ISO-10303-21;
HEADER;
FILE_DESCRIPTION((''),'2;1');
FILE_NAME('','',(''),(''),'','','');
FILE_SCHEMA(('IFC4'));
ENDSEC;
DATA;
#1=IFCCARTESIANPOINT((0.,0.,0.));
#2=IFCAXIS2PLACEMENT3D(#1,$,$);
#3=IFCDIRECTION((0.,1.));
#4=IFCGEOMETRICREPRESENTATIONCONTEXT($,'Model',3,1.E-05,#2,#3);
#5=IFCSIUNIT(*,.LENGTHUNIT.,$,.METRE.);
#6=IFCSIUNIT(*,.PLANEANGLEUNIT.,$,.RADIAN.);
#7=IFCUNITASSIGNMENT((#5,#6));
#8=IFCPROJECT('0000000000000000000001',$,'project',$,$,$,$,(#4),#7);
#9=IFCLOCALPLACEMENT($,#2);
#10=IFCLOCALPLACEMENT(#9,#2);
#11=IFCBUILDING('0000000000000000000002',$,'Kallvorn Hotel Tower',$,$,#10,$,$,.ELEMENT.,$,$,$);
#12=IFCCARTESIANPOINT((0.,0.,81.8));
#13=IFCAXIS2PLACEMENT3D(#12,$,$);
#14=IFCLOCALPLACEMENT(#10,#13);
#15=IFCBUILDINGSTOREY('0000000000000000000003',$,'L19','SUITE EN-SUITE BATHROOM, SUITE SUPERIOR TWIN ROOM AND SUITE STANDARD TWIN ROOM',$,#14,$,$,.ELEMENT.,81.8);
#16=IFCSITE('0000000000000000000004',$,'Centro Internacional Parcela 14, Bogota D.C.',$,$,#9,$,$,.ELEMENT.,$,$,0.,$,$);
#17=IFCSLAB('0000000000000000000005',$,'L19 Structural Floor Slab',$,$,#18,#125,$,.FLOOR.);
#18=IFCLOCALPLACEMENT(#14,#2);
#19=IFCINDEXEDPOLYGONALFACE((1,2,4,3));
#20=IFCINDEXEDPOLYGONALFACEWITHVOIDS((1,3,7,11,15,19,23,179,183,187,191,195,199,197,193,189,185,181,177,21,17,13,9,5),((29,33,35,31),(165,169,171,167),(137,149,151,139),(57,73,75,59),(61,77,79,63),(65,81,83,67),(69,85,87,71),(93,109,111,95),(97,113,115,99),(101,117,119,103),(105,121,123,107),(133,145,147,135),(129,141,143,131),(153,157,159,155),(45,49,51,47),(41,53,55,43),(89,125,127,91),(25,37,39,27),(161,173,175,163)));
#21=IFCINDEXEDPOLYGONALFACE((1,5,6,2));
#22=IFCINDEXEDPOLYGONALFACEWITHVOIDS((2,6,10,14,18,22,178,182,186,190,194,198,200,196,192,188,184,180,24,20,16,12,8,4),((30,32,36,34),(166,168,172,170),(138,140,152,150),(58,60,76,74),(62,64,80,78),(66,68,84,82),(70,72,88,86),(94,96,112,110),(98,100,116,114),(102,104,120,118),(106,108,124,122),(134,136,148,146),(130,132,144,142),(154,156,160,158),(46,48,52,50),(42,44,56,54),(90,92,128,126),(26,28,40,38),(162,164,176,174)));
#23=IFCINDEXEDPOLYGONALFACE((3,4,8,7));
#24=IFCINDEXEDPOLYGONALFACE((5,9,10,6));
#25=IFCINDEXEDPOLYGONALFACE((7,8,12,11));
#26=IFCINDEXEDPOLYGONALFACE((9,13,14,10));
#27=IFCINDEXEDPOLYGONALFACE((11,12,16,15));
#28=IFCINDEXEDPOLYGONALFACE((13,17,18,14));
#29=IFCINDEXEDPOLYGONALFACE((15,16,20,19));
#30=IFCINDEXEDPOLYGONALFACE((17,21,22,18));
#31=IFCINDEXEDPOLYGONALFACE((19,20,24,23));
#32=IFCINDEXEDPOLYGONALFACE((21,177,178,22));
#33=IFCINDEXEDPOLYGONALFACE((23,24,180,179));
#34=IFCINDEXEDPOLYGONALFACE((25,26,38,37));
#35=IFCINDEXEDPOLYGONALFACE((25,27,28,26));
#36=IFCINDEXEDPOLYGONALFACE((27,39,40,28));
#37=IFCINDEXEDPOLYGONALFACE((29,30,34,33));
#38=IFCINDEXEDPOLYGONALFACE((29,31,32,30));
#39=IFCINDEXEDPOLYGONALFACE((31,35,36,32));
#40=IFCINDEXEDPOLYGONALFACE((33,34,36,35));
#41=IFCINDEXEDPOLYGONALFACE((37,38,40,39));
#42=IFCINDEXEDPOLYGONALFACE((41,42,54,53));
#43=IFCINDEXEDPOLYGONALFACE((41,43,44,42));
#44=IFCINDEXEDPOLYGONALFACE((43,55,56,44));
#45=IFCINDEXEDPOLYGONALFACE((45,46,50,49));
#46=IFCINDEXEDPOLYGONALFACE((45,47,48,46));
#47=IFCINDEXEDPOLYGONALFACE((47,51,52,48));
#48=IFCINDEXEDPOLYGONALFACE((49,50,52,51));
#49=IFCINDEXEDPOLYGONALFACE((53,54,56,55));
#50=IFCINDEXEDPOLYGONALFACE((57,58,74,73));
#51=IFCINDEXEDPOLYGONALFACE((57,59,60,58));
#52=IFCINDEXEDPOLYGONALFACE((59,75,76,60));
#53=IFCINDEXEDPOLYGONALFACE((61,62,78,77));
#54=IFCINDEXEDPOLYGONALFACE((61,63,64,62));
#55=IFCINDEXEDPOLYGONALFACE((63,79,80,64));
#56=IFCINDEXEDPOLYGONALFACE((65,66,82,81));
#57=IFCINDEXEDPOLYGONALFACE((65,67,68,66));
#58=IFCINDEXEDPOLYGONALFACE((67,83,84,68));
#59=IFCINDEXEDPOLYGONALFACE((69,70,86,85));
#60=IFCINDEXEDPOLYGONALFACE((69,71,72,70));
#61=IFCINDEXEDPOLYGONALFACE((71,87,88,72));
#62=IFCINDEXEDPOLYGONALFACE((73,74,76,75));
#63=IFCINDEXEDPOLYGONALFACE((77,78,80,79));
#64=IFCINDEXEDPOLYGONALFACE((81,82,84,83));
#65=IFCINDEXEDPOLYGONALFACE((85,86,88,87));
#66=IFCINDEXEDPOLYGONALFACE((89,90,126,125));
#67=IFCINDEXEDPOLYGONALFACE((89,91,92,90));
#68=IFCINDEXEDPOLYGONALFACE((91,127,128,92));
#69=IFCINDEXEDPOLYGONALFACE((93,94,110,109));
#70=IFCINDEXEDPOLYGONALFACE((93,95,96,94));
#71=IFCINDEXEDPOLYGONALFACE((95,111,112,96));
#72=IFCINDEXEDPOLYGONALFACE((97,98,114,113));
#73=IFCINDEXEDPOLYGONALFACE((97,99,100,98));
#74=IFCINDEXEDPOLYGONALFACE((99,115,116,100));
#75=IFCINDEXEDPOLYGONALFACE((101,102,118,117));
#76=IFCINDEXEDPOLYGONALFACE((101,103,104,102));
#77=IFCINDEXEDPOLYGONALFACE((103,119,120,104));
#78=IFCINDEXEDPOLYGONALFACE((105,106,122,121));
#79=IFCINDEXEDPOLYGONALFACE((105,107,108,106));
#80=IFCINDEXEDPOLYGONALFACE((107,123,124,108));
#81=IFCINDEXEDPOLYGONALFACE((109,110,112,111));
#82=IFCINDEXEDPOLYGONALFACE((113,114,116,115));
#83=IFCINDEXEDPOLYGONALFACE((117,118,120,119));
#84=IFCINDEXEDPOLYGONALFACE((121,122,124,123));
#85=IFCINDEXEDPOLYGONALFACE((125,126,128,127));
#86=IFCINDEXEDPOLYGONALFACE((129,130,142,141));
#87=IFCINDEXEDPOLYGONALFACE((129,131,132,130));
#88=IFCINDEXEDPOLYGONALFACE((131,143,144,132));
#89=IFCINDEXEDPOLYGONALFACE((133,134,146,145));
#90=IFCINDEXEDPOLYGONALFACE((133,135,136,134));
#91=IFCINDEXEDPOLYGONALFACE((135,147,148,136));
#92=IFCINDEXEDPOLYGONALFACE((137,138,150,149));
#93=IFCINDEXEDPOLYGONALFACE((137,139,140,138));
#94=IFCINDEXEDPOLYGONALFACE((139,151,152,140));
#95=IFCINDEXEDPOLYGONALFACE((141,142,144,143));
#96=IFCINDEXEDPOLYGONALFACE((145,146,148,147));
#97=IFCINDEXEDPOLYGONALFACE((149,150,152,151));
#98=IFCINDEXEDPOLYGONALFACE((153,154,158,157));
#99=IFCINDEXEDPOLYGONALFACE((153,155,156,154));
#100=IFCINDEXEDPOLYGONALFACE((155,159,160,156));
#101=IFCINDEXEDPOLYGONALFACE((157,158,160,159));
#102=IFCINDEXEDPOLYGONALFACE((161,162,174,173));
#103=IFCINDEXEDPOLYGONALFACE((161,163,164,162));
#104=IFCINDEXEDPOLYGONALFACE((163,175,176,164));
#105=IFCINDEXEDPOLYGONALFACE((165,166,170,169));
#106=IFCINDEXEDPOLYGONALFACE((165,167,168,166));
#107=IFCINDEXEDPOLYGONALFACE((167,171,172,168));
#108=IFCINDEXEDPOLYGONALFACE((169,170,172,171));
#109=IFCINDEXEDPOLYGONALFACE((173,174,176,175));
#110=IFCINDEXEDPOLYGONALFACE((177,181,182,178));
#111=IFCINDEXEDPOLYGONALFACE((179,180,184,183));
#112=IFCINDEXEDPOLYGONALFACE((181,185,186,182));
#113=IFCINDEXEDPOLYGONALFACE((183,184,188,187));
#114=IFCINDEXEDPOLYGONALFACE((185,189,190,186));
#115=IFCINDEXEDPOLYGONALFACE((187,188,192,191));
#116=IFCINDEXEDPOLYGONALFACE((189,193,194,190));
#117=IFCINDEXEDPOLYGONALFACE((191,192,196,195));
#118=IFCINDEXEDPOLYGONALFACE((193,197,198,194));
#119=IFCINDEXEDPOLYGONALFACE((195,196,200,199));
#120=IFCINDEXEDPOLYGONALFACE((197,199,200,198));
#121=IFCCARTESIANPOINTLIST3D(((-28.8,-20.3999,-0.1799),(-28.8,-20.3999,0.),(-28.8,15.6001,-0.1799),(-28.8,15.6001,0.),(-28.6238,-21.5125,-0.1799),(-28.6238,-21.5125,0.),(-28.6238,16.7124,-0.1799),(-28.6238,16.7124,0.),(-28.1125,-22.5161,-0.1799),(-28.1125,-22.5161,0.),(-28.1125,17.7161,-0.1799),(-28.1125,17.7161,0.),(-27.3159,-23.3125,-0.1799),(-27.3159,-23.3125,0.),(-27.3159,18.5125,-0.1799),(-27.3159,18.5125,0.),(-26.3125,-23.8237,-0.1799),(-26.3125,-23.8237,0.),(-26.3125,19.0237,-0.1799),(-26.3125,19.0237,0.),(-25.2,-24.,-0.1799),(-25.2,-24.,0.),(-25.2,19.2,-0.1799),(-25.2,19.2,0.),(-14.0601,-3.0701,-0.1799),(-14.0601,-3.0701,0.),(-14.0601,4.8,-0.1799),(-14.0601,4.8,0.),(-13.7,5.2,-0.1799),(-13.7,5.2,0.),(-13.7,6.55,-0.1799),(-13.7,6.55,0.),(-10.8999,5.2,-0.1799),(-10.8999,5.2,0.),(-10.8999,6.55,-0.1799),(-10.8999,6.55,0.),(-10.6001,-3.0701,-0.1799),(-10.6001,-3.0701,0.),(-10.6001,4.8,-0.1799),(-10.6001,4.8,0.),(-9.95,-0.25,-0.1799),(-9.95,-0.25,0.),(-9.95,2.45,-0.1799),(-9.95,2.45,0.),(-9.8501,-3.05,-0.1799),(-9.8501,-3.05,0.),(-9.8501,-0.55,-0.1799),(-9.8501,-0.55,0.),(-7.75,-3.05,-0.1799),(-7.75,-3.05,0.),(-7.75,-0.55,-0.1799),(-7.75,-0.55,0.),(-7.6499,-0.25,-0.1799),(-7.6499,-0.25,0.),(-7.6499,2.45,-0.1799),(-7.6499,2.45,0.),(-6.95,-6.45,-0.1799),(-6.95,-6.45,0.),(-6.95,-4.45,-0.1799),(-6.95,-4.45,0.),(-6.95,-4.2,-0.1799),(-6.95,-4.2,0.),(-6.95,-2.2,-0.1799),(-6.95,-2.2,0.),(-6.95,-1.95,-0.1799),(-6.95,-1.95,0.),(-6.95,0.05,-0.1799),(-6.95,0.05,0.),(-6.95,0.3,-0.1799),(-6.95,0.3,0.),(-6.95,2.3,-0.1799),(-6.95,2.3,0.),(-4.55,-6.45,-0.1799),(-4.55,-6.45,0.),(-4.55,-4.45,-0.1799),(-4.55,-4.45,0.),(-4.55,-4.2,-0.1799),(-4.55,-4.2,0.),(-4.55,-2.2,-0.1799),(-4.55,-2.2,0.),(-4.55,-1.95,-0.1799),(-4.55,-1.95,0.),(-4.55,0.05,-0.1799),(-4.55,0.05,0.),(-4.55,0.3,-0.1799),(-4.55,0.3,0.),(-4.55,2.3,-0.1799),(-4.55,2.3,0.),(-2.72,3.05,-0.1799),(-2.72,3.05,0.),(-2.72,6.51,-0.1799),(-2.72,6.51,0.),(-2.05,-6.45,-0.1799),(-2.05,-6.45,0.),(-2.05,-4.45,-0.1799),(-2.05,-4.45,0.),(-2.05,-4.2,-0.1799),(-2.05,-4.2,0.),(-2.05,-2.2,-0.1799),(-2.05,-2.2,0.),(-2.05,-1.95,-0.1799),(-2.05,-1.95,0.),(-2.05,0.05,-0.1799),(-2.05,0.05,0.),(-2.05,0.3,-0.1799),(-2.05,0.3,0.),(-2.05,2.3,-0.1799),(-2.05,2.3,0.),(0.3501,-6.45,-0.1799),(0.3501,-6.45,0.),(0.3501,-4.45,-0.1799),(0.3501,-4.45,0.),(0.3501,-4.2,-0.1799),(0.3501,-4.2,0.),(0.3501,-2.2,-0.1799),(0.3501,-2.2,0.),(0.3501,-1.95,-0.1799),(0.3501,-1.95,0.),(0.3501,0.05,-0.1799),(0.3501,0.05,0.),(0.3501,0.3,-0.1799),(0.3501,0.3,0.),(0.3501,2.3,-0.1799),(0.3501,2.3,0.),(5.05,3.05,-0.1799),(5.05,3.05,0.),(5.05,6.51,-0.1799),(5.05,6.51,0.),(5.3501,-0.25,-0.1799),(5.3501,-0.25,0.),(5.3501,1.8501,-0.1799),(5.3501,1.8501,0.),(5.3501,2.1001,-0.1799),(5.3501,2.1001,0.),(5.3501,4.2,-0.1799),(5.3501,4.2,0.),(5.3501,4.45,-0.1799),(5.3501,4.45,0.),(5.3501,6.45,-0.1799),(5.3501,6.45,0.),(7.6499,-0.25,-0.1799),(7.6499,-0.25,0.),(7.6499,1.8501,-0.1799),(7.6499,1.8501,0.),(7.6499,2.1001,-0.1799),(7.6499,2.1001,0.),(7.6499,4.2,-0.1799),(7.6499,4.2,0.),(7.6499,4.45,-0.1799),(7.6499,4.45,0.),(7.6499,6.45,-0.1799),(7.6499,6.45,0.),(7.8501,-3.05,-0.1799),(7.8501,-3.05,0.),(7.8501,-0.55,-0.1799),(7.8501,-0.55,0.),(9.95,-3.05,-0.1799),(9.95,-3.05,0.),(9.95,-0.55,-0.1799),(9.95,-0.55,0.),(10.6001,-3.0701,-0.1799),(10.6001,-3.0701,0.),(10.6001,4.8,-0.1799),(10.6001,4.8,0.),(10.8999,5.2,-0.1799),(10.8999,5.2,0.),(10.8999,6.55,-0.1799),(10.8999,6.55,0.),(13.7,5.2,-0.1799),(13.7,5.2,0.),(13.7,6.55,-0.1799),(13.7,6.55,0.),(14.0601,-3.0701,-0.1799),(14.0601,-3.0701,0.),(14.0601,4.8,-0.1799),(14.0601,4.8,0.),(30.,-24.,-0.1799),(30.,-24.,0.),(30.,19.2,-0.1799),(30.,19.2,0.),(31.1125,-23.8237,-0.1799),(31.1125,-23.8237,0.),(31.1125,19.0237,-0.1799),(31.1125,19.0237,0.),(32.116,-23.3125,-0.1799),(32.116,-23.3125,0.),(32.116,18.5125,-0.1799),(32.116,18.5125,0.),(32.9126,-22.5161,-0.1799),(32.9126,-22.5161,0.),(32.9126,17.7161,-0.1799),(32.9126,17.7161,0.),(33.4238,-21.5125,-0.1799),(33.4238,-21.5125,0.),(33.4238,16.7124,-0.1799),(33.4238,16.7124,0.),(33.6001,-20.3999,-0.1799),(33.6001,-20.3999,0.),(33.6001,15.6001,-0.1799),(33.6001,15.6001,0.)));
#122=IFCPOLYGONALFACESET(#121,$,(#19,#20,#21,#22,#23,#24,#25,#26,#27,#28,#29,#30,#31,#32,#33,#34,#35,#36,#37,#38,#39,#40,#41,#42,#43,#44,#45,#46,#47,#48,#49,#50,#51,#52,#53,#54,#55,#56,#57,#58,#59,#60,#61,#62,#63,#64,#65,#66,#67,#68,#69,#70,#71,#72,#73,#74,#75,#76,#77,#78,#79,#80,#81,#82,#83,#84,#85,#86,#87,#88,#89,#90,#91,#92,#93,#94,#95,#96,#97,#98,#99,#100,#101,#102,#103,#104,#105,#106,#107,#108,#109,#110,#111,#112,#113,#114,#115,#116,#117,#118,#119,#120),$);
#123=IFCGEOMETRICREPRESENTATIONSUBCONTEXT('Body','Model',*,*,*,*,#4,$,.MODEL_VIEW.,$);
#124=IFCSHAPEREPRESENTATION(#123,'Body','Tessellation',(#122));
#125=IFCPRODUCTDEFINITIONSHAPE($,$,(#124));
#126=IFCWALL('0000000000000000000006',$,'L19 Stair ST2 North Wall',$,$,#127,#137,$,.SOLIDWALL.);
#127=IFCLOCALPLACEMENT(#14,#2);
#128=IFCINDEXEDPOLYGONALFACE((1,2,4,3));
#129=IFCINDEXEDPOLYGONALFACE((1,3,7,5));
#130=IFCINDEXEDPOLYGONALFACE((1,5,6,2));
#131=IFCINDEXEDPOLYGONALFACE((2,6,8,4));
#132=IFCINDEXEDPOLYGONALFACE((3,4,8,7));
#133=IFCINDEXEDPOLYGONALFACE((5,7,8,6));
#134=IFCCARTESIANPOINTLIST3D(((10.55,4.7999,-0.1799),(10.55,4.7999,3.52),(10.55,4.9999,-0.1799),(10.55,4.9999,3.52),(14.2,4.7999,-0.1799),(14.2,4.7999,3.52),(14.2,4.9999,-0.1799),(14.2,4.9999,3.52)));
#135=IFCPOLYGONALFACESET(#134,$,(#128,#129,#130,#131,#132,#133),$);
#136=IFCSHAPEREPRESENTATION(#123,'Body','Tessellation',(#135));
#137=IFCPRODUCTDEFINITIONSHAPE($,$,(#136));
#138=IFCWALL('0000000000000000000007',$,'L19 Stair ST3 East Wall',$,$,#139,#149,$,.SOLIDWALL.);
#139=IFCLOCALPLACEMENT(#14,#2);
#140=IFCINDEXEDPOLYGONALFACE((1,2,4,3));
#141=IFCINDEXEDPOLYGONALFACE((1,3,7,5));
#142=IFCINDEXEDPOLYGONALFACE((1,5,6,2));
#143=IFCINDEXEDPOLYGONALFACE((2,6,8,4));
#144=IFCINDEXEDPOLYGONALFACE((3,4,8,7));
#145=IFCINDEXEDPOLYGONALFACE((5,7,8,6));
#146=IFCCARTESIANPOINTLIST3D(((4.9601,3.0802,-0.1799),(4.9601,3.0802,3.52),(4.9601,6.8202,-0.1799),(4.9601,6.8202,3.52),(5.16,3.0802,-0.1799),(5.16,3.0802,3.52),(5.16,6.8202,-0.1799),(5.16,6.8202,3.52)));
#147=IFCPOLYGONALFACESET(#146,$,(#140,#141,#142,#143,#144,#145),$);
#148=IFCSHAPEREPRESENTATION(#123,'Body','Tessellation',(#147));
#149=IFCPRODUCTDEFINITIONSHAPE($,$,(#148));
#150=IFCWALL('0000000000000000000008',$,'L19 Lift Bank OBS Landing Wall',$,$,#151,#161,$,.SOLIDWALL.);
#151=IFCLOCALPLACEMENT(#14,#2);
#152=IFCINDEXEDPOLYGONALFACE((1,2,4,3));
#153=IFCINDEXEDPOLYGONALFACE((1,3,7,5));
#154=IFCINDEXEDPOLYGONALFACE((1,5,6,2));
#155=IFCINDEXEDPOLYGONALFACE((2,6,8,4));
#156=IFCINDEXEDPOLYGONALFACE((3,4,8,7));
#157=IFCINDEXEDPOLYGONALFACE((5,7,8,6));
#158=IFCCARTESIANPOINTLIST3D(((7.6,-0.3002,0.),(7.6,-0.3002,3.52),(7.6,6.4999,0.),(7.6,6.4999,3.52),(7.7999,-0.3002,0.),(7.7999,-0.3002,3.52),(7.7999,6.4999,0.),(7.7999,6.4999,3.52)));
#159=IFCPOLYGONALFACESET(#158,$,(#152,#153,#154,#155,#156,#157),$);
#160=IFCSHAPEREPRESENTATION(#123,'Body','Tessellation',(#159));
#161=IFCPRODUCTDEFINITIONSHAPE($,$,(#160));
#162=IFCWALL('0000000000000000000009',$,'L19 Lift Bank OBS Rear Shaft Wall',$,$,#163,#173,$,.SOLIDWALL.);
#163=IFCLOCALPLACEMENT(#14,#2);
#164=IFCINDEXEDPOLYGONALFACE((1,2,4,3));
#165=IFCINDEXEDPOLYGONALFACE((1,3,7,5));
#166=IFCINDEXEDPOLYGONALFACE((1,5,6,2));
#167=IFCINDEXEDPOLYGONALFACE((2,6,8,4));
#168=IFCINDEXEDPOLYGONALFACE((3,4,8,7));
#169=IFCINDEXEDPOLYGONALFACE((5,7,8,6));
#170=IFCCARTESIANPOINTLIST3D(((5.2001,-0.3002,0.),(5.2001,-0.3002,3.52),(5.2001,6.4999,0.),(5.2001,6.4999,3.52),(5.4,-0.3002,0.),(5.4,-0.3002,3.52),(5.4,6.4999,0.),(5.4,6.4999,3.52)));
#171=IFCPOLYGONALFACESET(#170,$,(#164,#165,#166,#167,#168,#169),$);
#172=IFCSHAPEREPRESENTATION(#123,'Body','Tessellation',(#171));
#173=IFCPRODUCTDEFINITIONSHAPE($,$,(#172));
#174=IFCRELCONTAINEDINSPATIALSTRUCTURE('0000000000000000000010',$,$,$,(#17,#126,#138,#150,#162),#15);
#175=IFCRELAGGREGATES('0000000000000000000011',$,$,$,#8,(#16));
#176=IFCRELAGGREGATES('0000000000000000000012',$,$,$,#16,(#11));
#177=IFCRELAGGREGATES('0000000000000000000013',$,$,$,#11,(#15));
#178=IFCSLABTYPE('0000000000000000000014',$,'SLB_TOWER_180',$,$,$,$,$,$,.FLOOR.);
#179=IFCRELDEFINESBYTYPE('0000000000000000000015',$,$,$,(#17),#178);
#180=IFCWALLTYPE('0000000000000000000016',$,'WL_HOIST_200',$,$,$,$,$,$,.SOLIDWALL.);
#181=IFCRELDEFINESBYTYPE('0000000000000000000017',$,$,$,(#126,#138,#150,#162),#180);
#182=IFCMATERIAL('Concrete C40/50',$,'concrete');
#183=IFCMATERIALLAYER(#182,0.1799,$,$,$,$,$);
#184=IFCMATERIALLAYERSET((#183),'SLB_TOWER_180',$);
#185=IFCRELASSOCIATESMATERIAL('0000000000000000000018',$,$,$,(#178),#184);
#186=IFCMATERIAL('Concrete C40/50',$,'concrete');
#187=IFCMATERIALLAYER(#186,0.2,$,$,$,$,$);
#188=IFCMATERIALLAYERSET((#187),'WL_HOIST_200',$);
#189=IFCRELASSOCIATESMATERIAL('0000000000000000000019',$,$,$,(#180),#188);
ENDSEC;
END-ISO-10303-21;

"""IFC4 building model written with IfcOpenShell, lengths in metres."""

from ifc_helpers import new_model, si_unit, direction, frame, frame_2d, origin, place, context, subcontext, project, spatial, polyline, rectangle, outline, extrude, material, layer, layer_set, type_object, element, save


model = new_model("IFC4")

# Units and contexts
model_context = context("Model", 3, precision=1e-05, world=origin(), true_north=direction((0.0, 1.0)))
body_context = subcontext(model_context, "Body", "Model", "MODEL_VIEW")
ifc_project = project(units=[si_unit("LENGTHUNIT", "METRE"), si_unit("PLANEANGLEUNIT", "RADIAN")], contexts=[model_context])

# Site, building, storey
site_placement = place(None, origin())
site = spatial("IfcSite", under=ifc_project, at=site_placement, Name="Centro Internacional Parcela 14, Bogota D.C.", CompositionType="ELEMENT", RefElevation=0.0)
building_placement = place(site_placement, origin())
building = spatial("IfcBuilding", under=site, at=building_placement, Name="Kallvorn Hotel Tower", CompositionType="ELEMENT")
storey_placement = place(building_placement, frame((0.0, 0.0, 81.8)))
storey = spatial("IfcBuildingStorey", under=building, at=storey_placement, Name="L19", Description="SUITE EN-SUITE BATHROOM, SUITE SUPERIOR TWIN ROOM AND SUITE STANDARD TWIN ROOM", CompositionType="ELEMENT", Elevation=81.8)

# Slab
ifc_material_1 = material(Name="Concrete C40/50", Category="concrete")
ifc_layer_1 = layer(ifc_material_1, 0.1799)
ifc_layer_set_1 = layer_set([ifc_layer_1], Name="SLB_TOWER_180")
slab_type_1 = type_object("IfcSlabType", Name="SLB_TOWER_180", PredefinedType="FLOOR", material=ifc_layer_set_1)
slab_1_placement = place(storey_placement, frame((0.0, 0.0, -0.1799)))
element("IfcSlab", 1, at=slab_1_placement, inside=storey, type_object=slab_type_1, Name="L19 Structural Floor Slab", PredefinedType="FLOOR", context=body_context, shape_type="SweptSolid", body=[
    extrude(outline(polyline([(30.0, -24.0), (31.1125, -23.8237), (32.116, -23.3125), (32.9126, -22.5161), (33.4238, -21.5125), (33.6001, -20.3999), (33.6001, 15.6001), (33.4238, 16.7124), (32.9126, 17.7161), (32.116, 18.5125), (31.1125, 19.0237), (30.0, 19.2), (-25.2, 19.2), (-26.3125, 19.0237), (-27.3159, 18.5125), (-28.1125, 17.7161), (-28.6238, 16.7124), (-28.8, 15.6001), (-28.8, -20.3999), (-28.6238, -21.5125), (-28.1125, -22.5161), (-27.3159, -23.3125), (-26.3125, -23.8237), (-25.2, -24.0), (30.0, -24.0)]), holes=[polyline([(-10.6001, -3.0701), (-10.6001, 4.8), (-14.0601, 4.8), (-14.0601, -3.0701), (-10.6001, -3.0701)]), polyline([(14.0601, -3.0701), (14.0601, 4.8), (10.6001, 4.8), (10.6001, -3.0701), (14.0601, -3.0701)]), polyline([(-2.72, 3.05), (5.05, 3.05), (5.05, 6.51), (-2.72, 6.51), (-2.72, 3.05)]), polyline([(-6.95, -6.45), (-4.55, -6.45), (-4.55, -4.45), (-6.95, -4.45), (-6.95, -6.45)]), polyline([(-6.95, -4.2), (-4.55, -4.2), (-4.55, -2.2), (-6.95, -2.2), (-6.95, -4.2)]), polyline([(-6.95, -1.95), (-4.55, -1.95), (-4.55, 0.05), (-6.95, 0.05), (-6.95, -1.95)]), polyline([(-6.95, 0.3), (-4.55, 0.3), (-4.55, 2.3), (-6.95, 2.3), (-6.95, 0.3)]), polyline([(-2.05, -6.45), (0.3501, -6.45), (0.3501, -4.45), (-2.05, -4.45), (-2.05, -6.45)]), polyline([(-2.05, -4.2), (0.3501, -4.2), (0.3501, -2.2), (-2.05, -2.2), (-2.05, -4.2)]), polyline([(-2.05, -1.95), (0.3501, -1.95), (0.3501, 0.05), (-2.05, 0.05), (-2.05, -1.95)]), polyline([(-2.05, 0.3), (0.3501, 0.3), (0.3501, 2.3), (-2.05, 2.3), (-2.05, 0.3)]), polyline([(5.3501, -0.25), (7.6499, -0.25), (7.6499, 1.8501), (5.3501, 1.8501), (5.3501, -0.25)]), polyline([(5.3501, 2.1001), (7.6499, 2.1001), (7.6499, 4.2), (5.3501, 4.2), (5.3501, 2.1001)]), polyline([(5.3501, 4.45), (7.6499, 4.45), (7.6499, 6.45), (5.3501, 6.45), (5.3501, 4.45)]), polyline([(-9.8501, -3.05), (-7.75, -3.05), (-7.75, -0.55), (-9.8501, -0.55), (-9.8501, -3.05)]), polyline([(7.8501, -3.05), (9.95, -3.05), (9.95, -0.55), (7.8501, -0.55), (7.8501, -3.05)]), polyline([(-9.95, -0.25), (-7.6499, -0.25), (-7.6499, 2.45), (-9.95, 2.45), (-9.95, -0.25)]), polyline([(-13.7, 5.2), (-10.8999, 5.2), (-10.8999, 6.55), (-13.7, 6.55), (-13.7, 5.2)]), polyline([(10.8999, 5.2), (13.7, 5.2), (13.7, 6.55), (10.8999, 6.55), (10.8999, 5.2)])]), origin(), (0.0, 0.0, 1.0), 0.1799),
])

# Walls
ifc_material_2 = material(Name="Concrete C40/50", Category="concrete")
ifc_layer_2 = layer(ifc_material_2, 0.2)
ifc_layer_set_2 = layer_set([ifc_layer_2], Name="WL_HOIST_200")
wall_type_1 = type_object("IfcWallType", Name="WL_HOIST_200", PredefinedType="SOLIDWALL", material=ifc_layer_set_2)
wall_1_placement = place(storey_placement, frame((10.55, 4.8999, -0.1799), z_axis=(0.0, 0.0, 1.0), x_axis=(1.0, 0.0, 0.0)))
element("IfcWall", 2, at=wall_1_placement, inside=storey, type_object=wall_type_1, Name="L19 Stair ST2 North Wall", PredefinedType="SOLIDWALL", context=body_context, shape_type="SweptSolid", body=[
    extrude(rectangle(XDim=3.6499, YDim=0.2, at=frame_2d((1.825, 0.0))), origin(), (0.0, 0.0, 1.0), 3.7),
])
wall_2_placement = place(storey_placement, frame((5.0601, 3.0801, -0.1799), z_axis=(0.0, 0.0, 1.0), x_axis=(0.0, 1.0, 0.0)))
element("IfcWall", 3, at=wall_2_placement, inside=storey, type_object=wall_type_1, Name="L19 Stair ST3 East Wall", PredefinedType="SOLIDWALL", context=body_context, shape_type="SweptSolid", body=[
    extrude(rectangle(XDim=3.74, YDim=0.2, at=frame_2d((1.8701, 0.0))), origin(), (0.0, 0.0, 1.0), 3.7),
])
for number, where, z_axis, x_axis, name in (
    (4, (7.7, -0.3, 0.0), (0.0, 0.0, 1.0), (0.0, 1.0, 0.0), "L19 Lift Bank OBS Landing Wall"),
    (5, (5.3, -0.3, 0.0), (0.0, 0.0, 1.0), (0.0, 1.0, 0.0), "L19 Lift Bank OBS Rear Shaft Wall"),
):
    element("IfcWall", number, at=place(storey_placement, frame(where, z_axis=z_axis, x_axis=x_axis)), inside=storey, type_object=wall_type_1, Name=name, PredefinedType="SOLIDWALL", context=body_context, shape_type="SweptSolid", body=[
        extrude(rectangle(XDim=6.8, YDim=0.2, at=frame_2d((3.3999, 0.0))), origin(), (0.0, 0.0, 1.0), 3.52),
    ])

save(model, "model.ifc")
